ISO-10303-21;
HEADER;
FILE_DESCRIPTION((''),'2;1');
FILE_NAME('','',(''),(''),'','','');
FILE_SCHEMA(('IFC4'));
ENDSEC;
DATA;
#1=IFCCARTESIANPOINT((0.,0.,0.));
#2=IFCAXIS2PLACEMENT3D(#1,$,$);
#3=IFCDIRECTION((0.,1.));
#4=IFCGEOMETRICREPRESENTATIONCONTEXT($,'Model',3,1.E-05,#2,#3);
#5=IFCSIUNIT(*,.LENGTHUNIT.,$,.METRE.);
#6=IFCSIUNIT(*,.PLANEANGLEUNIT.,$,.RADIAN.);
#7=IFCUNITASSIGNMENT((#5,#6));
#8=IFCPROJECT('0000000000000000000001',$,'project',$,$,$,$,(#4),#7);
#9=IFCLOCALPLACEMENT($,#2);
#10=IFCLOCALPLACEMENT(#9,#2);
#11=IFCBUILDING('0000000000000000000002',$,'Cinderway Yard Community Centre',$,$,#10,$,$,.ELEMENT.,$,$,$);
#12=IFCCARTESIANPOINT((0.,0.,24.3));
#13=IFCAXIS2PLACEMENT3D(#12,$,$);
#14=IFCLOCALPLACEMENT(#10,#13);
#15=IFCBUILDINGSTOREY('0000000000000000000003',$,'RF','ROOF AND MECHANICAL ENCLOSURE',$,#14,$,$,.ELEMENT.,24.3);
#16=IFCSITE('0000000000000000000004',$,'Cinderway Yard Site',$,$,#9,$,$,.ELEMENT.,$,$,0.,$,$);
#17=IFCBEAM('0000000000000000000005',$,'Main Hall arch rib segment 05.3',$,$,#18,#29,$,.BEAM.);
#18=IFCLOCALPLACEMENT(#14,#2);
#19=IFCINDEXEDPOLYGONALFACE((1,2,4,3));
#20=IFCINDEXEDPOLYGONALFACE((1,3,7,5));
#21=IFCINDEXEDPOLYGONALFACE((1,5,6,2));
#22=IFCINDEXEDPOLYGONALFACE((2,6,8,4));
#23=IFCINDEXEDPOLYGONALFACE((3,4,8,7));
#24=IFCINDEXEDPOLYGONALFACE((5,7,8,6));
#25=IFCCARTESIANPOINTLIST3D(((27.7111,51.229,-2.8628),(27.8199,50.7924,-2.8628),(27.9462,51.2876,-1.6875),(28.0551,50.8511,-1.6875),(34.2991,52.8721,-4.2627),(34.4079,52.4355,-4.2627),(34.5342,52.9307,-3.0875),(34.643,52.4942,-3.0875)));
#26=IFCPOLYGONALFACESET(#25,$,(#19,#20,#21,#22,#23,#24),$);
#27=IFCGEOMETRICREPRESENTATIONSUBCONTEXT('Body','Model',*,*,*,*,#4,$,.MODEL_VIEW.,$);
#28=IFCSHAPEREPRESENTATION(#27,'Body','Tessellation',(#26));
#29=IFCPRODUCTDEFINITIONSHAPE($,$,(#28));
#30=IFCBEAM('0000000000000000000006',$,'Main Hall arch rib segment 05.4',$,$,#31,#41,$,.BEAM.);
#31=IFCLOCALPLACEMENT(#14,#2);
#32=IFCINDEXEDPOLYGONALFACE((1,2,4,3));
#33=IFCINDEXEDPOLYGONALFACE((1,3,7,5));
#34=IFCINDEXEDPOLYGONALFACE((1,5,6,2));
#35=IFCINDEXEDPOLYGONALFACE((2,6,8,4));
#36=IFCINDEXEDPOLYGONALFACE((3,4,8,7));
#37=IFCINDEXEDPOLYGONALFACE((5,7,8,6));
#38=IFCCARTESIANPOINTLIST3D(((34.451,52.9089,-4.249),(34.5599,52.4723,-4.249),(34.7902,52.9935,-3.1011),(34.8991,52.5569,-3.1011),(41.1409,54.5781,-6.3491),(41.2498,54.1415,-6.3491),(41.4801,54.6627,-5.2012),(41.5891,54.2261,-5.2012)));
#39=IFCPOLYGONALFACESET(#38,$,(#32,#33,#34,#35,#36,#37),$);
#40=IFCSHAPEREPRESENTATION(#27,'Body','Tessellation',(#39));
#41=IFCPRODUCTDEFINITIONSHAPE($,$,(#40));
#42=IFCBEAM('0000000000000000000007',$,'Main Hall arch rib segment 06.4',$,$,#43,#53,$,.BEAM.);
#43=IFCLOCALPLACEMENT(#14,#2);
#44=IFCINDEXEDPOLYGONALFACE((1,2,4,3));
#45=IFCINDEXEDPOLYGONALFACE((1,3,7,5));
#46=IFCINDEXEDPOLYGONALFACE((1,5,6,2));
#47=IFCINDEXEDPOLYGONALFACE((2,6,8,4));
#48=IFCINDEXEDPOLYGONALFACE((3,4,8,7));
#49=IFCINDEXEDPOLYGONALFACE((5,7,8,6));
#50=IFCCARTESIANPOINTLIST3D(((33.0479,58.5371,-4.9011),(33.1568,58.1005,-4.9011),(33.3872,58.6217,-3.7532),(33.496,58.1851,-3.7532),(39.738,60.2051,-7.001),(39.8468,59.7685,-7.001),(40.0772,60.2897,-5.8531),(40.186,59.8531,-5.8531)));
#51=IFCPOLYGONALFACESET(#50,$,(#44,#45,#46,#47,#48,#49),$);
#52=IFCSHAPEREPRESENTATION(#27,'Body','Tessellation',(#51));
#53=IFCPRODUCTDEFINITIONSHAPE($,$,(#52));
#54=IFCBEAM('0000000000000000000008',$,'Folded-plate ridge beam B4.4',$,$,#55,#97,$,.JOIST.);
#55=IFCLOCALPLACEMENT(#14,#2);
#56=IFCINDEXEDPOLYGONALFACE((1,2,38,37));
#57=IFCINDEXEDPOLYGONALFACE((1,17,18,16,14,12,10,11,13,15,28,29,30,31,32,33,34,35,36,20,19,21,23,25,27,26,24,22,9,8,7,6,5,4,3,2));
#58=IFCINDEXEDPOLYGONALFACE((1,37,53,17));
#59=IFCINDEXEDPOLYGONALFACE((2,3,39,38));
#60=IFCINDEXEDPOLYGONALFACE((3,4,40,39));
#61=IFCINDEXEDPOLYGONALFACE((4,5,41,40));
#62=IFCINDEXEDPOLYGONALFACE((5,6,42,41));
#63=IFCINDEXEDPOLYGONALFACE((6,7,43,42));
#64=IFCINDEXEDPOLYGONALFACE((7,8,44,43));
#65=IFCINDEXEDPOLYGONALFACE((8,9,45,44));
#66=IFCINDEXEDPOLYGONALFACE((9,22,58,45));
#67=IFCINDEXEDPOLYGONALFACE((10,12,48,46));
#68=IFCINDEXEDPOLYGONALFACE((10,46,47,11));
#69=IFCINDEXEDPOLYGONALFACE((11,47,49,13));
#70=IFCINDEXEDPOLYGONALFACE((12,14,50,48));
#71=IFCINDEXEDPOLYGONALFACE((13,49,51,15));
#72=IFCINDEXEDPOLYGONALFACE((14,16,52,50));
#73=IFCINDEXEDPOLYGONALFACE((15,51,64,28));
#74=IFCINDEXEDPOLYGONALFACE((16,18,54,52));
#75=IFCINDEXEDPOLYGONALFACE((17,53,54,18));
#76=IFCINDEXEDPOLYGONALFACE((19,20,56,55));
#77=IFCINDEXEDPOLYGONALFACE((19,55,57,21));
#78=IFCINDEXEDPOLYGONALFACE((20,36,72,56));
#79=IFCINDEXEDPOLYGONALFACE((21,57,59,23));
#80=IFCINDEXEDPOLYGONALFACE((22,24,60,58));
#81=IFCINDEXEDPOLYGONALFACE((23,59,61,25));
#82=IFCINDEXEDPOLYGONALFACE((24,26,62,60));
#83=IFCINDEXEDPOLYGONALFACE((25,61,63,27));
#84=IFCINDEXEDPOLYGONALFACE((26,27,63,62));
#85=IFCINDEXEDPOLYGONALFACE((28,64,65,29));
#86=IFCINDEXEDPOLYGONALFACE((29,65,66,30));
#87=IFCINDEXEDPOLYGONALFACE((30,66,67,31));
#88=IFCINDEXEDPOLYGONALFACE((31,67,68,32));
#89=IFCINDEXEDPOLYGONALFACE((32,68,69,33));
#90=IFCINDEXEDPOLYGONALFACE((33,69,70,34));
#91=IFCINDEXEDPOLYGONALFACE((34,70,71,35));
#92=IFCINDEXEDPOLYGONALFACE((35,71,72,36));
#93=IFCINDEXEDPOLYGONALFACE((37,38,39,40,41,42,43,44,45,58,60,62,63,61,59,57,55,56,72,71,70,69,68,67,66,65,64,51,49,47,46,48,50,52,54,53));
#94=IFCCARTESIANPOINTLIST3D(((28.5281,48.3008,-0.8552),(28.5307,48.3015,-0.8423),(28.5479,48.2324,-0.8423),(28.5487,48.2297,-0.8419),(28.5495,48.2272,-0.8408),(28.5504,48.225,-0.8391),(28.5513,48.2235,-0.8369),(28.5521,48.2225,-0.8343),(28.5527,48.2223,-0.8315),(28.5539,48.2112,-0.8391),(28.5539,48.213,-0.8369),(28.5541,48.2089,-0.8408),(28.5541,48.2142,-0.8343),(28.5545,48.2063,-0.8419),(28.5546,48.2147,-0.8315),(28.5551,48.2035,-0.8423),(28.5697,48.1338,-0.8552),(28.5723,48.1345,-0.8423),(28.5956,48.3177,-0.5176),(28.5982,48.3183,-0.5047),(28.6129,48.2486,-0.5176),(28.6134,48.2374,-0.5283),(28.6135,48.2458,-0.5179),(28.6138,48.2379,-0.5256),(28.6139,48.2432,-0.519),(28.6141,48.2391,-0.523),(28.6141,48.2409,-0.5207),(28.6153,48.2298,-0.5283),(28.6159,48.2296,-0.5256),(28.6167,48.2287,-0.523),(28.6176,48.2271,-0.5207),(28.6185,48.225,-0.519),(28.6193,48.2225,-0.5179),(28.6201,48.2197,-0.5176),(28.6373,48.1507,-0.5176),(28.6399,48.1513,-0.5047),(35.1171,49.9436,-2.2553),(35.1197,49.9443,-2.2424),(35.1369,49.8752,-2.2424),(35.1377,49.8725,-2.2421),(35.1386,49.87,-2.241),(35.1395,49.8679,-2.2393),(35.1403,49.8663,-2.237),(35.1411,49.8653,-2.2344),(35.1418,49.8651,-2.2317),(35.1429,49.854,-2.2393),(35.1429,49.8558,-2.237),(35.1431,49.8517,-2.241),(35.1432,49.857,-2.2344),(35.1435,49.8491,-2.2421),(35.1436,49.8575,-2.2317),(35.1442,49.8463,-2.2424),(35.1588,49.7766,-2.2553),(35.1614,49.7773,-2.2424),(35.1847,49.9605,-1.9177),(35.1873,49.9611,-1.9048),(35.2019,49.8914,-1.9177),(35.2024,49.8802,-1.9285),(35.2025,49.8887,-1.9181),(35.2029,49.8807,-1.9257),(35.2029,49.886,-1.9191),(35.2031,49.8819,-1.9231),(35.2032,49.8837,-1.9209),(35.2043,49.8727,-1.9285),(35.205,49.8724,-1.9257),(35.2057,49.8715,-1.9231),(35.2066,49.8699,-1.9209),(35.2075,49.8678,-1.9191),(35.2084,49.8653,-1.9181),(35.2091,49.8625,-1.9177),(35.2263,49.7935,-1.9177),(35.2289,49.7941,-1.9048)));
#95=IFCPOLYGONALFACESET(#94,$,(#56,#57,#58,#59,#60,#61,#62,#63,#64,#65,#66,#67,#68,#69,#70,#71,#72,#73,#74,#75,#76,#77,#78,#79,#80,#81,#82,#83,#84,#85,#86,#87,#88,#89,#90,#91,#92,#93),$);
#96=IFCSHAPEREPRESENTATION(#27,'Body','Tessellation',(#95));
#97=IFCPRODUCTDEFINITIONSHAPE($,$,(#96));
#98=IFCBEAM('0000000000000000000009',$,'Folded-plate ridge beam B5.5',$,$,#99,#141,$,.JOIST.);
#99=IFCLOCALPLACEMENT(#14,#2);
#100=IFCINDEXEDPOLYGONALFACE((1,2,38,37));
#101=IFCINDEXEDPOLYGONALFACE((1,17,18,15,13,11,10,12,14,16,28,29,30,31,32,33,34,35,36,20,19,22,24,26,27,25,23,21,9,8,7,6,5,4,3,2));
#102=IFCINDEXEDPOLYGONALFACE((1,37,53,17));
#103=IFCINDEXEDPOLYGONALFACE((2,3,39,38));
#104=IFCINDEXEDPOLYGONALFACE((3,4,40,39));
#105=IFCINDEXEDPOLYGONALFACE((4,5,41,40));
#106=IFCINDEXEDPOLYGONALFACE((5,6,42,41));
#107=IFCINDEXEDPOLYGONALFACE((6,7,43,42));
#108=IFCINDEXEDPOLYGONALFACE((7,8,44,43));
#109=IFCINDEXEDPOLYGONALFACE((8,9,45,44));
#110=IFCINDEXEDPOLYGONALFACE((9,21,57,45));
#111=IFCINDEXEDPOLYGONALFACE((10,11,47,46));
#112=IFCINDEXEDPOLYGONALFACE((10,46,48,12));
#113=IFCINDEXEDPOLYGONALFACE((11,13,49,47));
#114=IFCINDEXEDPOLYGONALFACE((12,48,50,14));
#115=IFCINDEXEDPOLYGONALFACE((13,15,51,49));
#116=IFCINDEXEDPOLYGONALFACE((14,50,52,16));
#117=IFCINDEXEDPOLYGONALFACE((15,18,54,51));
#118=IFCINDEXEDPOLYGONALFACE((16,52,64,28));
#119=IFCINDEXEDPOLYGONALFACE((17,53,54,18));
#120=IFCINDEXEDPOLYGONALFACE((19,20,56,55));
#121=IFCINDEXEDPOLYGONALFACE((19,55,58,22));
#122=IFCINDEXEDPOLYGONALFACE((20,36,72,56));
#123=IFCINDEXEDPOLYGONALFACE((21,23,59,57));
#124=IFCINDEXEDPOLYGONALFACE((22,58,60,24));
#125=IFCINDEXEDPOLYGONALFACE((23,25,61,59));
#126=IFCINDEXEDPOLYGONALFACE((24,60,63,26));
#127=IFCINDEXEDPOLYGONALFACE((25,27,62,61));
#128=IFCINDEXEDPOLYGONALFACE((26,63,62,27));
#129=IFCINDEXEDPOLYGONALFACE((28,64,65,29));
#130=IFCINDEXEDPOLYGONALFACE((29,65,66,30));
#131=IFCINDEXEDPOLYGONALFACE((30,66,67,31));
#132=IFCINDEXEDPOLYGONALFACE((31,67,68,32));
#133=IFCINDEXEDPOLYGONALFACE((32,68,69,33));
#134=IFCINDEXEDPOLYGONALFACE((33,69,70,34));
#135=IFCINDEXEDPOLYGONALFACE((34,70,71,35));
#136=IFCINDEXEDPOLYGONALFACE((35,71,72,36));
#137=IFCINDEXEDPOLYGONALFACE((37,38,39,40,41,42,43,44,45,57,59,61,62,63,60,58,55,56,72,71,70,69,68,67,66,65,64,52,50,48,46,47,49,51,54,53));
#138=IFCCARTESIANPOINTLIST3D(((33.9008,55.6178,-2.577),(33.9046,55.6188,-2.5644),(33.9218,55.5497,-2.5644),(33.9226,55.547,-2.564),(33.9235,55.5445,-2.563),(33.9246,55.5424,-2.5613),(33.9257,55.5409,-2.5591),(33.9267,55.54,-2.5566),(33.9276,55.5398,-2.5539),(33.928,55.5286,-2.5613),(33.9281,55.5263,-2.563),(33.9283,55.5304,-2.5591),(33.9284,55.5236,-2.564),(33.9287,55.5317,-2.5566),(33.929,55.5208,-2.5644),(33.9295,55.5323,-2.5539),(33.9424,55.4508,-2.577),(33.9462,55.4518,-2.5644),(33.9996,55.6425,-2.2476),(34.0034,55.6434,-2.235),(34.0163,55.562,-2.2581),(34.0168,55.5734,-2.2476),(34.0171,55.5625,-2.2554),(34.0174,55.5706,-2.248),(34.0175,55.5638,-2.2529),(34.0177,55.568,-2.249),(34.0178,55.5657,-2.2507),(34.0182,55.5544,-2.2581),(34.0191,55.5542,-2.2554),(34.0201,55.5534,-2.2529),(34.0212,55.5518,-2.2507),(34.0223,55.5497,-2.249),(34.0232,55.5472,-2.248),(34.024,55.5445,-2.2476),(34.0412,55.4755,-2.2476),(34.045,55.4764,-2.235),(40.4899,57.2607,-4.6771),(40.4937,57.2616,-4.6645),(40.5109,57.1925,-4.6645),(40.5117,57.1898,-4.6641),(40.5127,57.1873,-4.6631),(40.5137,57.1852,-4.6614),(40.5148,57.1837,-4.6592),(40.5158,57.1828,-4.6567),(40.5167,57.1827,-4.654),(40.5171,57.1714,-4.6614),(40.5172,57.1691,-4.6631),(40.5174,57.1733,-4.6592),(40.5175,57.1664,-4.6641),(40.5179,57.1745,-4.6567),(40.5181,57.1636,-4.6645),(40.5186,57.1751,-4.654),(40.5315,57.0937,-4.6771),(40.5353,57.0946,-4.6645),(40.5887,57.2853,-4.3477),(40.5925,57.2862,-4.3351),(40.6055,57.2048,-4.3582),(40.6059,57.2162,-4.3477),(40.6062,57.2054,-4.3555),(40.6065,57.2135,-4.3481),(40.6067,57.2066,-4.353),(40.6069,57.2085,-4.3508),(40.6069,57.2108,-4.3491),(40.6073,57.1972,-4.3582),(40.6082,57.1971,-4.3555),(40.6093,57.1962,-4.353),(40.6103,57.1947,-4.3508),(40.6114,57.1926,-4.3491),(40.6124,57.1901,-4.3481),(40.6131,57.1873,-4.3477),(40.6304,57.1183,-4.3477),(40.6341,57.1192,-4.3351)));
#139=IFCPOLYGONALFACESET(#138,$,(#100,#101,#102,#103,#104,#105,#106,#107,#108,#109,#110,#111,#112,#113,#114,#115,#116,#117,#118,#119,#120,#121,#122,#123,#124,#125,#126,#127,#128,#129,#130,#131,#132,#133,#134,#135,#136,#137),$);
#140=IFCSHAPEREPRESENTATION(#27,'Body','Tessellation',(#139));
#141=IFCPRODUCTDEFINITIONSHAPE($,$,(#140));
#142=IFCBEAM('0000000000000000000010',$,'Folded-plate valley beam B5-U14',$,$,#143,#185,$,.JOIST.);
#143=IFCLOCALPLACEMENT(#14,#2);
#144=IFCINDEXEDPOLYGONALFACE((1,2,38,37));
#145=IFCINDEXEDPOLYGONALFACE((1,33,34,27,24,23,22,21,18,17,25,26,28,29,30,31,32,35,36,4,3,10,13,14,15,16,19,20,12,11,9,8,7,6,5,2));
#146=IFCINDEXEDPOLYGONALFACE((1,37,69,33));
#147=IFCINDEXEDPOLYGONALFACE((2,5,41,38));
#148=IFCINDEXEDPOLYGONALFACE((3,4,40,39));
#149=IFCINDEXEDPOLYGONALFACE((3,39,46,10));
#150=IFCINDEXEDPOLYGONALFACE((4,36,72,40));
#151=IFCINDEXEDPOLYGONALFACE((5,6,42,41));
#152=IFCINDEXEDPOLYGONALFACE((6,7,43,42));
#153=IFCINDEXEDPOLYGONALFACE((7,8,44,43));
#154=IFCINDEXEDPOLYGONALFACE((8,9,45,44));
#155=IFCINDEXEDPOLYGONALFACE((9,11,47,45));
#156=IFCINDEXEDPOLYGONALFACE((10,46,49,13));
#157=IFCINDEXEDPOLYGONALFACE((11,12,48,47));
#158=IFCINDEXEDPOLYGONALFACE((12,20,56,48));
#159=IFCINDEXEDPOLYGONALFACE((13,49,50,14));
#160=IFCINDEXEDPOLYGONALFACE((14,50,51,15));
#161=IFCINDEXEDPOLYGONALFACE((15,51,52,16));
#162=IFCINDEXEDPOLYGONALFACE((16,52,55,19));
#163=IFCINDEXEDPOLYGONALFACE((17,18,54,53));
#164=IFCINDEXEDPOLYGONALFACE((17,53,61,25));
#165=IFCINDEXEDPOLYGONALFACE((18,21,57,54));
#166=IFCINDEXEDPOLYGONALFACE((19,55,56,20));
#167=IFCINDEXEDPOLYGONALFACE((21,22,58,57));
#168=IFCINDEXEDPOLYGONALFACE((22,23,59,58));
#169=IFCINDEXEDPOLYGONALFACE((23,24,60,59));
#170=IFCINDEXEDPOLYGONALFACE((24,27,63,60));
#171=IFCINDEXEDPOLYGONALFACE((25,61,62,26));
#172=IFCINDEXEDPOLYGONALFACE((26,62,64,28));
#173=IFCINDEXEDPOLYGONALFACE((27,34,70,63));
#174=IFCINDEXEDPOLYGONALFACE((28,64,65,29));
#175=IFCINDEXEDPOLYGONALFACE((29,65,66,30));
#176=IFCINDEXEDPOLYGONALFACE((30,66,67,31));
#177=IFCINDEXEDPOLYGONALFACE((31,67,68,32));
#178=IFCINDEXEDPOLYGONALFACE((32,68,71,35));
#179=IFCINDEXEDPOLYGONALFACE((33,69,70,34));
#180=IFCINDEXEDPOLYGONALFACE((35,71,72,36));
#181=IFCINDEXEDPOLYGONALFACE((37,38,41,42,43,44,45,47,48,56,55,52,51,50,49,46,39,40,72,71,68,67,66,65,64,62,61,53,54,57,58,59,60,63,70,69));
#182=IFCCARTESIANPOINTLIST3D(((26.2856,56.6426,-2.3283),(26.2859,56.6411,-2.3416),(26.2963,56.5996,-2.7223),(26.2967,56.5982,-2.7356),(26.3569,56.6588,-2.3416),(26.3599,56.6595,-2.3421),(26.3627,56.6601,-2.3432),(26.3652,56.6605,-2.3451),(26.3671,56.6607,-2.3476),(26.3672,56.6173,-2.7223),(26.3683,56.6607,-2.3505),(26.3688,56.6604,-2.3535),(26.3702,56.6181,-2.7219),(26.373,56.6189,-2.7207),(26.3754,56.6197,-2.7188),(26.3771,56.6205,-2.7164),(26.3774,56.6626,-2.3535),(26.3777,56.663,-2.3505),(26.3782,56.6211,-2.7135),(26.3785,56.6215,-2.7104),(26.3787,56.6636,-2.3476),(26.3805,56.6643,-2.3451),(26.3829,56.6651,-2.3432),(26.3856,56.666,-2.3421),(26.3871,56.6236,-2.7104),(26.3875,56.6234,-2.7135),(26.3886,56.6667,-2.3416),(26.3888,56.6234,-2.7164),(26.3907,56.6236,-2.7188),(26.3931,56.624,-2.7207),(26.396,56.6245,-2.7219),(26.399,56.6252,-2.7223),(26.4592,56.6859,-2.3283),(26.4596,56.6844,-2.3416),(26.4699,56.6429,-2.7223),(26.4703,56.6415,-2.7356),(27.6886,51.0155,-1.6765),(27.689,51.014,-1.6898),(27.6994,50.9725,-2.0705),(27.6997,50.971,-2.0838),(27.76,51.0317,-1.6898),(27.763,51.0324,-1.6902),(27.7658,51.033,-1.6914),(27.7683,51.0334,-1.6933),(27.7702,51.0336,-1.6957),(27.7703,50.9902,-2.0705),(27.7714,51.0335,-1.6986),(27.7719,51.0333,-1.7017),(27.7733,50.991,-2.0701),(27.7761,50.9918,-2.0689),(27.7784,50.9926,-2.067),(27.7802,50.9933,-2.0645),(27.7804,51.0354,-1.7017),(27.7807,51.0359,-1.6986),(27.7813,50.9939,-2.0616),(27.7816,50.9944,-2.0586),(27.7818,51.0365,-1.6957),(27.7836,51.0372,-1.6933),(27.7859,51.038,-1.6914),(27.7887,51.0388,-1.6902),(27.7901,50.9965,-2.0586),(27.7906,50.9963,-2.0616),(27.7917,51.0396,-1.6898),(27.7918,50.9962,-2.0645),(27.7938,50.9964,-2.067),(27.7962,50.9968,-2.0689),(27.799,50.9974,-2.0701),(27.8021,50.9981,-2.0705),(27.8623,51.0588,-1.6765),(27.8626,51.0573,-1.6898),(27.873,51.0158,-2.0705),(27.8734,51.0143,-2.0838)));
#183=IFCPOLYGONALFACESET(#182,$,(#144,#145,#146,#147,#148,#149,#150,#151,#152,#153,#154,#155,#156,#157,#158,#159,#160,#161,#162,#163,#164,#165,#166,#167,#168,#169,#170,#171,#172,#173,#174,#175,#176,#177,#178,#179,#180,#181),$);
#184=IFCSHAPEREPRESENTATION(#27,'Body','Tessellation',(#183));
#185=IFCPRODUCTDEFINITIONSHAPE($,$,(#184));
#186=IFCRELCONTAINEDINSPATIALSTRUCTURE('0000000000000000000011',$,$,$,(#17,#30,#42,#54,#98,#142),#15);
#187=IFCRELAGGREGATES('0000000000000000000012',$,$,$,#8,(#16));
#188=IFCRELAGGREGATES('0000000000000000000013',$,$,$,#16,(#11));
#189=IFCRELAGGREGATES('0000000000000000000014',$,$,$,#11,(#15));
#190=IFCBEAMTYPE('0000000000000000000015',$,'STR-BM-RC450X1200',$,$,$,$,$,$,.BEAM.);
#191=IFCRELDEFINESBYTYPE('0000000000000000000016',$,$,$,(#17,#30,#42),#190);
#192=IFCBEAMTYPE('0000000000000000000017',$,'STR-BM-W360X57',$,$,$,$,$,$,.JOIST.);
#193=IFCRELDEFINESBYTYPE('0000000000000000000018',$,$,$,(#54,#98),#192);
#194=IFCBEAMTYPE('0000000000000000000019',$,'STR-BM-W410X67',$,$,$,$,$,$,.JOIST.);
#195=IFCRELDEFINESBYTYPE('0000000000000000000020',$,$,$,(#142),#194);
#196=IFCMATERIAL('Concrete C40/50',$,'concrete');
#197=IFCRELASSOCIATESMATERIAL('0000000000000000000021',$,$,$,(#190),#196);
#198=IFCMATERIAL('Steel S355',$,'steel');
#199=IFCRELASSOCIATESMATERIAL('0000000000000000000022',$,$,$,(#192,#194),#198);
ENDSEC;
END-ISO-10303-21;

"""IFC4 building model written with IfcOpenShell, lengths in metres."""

from ifc_helpers import new_model, si_unit, direction, frame, origin, origin_2d, place, context, subcontext, project, spatial, rectangle, i_section, extrude, material, material_profile, profile_set, type_object, element, save


model = new_model("IFC4")

# Units and contexts
model_context = context("Model", 3, precision=1e-05, world=origin(), true_north=direction((0.0, 1.0)))
body_context = subcontext(model_context, "Body", "Model", "MODEL_VIEW")
ifc_project = project(units=[si_unit("LENGTHUNIT", "METRE"), si_unit("PLANEANGLEUNIT", "RADIAN")], contexts=[model_context])

# Site, building, storey
site_placement = place(None, origin())
site = spatial("IfcSite", under=ifc_project, at=site_placement, Name="Cinderway Yard Site", CompositionType="ELEMENT", RefElevation=0.0)
building_placement = place(site_placement, origin())
building = spatial("IfcBuilding", under=site, at=building_placement, Name="Cinderway Yard Community Centre", CompositionType="ELEMENT")
storey_placement = place(building_placement, frame((0.0, 0.0, 24.3)))
storey = spatial("IfcBuildingStorey", under=building, at=storey_placement, Name="RF", Description="ROOF AND MECHANICAL ENCLOSURE", CompositionType="ELEMENT", Elevation=24.3)

# Beams
ifc_material_1 = material(Name="Concrete C40/50", Category="concrete")
ifc_material_profile_1 = material_profile(ifc_material_1, rectangle(XDim=0.45, YDim=1.2, at=origin_2d()), Name="Concrete C40/50")
ifc_profile_set_1 = profile_set([ifc_material_profile_1], Name="Concrete C40/50")
beam_type_1 = type_object("IfcBeamType", Name="STR-BM-RC450X1200", PredefinedType="BEAM", material=ifc_profile_set_1)
beam_1_placement = place(storey_placement, frame((27.8831, 51.04, -2.2751), z_axis=(0.950289, 0.237009, -0.201933), x_axis=(-0.241994, 0.970278, 0.0)))
element("IfcBeam", 1, at=beam_1_placement, inside=storey, type_object=beam_type_1, Name="Main Hall arch rib segment 05.3", PredefinedType="BEAM", context=body_context, shape_type="SweptSolid", body=[
    extrude(rectangle(XDim=0.45, YDim=1.2, at=origin_2d()), origin(), (0.0, 0.0, 1.0), 6.9326),
])
beam_2_placement = place(storey_placement, frame((34.675, 52.7329, -3.675), z_axis=(0.928157, 0.231582, -0.291366), x_axis=(-0.242086, 0.970255, 0.0)))
element("IfcBeam", 2, at=beam_2_placement, inside=storey, type_object=beam_type_1, Name="Main Hall arch rib segment 05.4", PredefinedType="BEAM", context=body_context, shape_type="SweptSolid", body=[
    extrude(rectangle(XDim=0.45, YDim=1.2, at=origin_2d()), origin(), (0.0, 0.0, 1.0), 7.2078),
])
beam_3_placement = place(storey_placement, frame((33.272, 58.3611, -4.3271), z_axis=(0.928203, 0.231424, -0.291346), x_axis=(-0.241919, 0.970296, 0.0)))
element("IfcBeam", 3, at=beam_3_placement, inside=storey, type_object=beam_type_1, Name="Main Hall arch rib segment 06.4", PredefinedType="BEAM", context=body_context, shape_type="SweptSolid", body=[
    extrude(rectangle(XDim=0.45, YDim=1.2, at=origin_2d()), origin(), (0.0, 0.0, 1.0), 7.2075),
])
ifc_material_2 = material(Name="Steel S355", Category="steel")
ifc_material_profile_2 = material_profile(ifc_material_2, i_section(OverallWidth=0.1721, OverallDepth=0.3579, WebThickness=0.0078, FlangeThickness=0.0132, FilletRadius=0.011, at=origin_2d()), Name="Steel S355")
ifc_profile_set_2 = profile_set([ifc_material_profile_2], Name="Steel S355")
beam_type_2 = type_object("IfcBeamType", Name="STR-BM-W360X57", PredefinedType="JOIST", material=ifc_profile_set_2)
beam_4_placement = place(storey_placement, frame((28.584, 48.2261, -0.6799), z_axis=(0.950308, 0.236934, -0.201935), x_axis=(-0.241918, 0.970297, 0.0)))
element("IfcBeam", 4, at=beam_4_placement, inside=storey, type_object=beam_type_2, Name="Folded-plate ridge beam B4.4", PredefinedType="JOIST", context=body_context, shape_type="SweptSolid", body=[
    extrude(i_section(OverallWidth=0.1721, OverallDepth=0.3579, WebThickness=0.0078, FlangeThickness=0.0132, FilletRadius=0.011, at=origin_2d()), origin(), (0.0, 0.0, 1.0), 6.9336),
])
beam_5_placement = place(storey_placement, frame((33.9729, 55.5471, -2.406), z_axis=(0.926981, 0.231118, -0.29545), x_axis=(-0.241918, 0.970297, 0.0)))
element("IfcBeam", 5, at=beam_5_placement, inside=storey, type_object=beam_type_2, Name="Folded-plate ridge beam B5.5", PredefinedType="JOIST", context=body_context, shape_type="SweptSolid", body=[
    extrude(i_section(OverallWidth=0.1721, OverallDepth=0.3579, WebThickness=0.0078, FlangeThickness=0.0132, FilletRadius=0.011, at=origin_2d()), origin(), (0.0, 0.0, 1.0), 7.1082),
])
ifc_material_profile_3 = material_profile(ifc_material_2, i_section(OverallWidth=0.179, OverallDepth=0.4099, WebThickness=0.0088, FlangeThickness=0.0134, FilletRadius=0.012, at=origin_2d()), Name="Steel S355")
ifc_profile_set_3 = profile_set([ifc_material_profile_3], Name="Steel S355")
beam_type_3 = type_object("IfcBeamType", Name="STR-BM-W410X67", PredefinedType="JOIST", material=ifc_profile_set_3)
beam_6_placement = place(storey_placement, frame((27.781, 51.0149, -1.8801), z_axis=(-0.240417, 0.964222, -0.111696), x_axis=(-0.970293, -0.241931, 0.0)))
element("IfcBeam", 6, at=beam_6_placement, inside=storey, type_object=beam_type_3, Name="Folded-plate valley beam B5-U14", PredefinedType="JOIST", context=body_context, shape_type="SweptSolid", body=[
    extrude(i_section(OverallWidth=0.179, OverallDepth=0.4099, WebThickness=0.0088, FlangeThickness=0.0134, FilletRadius=0.012, at=origin_2d()), origin(), (0.0, 0.0, 1.0), 5.8359),
])

save(model, "model.ifc")
